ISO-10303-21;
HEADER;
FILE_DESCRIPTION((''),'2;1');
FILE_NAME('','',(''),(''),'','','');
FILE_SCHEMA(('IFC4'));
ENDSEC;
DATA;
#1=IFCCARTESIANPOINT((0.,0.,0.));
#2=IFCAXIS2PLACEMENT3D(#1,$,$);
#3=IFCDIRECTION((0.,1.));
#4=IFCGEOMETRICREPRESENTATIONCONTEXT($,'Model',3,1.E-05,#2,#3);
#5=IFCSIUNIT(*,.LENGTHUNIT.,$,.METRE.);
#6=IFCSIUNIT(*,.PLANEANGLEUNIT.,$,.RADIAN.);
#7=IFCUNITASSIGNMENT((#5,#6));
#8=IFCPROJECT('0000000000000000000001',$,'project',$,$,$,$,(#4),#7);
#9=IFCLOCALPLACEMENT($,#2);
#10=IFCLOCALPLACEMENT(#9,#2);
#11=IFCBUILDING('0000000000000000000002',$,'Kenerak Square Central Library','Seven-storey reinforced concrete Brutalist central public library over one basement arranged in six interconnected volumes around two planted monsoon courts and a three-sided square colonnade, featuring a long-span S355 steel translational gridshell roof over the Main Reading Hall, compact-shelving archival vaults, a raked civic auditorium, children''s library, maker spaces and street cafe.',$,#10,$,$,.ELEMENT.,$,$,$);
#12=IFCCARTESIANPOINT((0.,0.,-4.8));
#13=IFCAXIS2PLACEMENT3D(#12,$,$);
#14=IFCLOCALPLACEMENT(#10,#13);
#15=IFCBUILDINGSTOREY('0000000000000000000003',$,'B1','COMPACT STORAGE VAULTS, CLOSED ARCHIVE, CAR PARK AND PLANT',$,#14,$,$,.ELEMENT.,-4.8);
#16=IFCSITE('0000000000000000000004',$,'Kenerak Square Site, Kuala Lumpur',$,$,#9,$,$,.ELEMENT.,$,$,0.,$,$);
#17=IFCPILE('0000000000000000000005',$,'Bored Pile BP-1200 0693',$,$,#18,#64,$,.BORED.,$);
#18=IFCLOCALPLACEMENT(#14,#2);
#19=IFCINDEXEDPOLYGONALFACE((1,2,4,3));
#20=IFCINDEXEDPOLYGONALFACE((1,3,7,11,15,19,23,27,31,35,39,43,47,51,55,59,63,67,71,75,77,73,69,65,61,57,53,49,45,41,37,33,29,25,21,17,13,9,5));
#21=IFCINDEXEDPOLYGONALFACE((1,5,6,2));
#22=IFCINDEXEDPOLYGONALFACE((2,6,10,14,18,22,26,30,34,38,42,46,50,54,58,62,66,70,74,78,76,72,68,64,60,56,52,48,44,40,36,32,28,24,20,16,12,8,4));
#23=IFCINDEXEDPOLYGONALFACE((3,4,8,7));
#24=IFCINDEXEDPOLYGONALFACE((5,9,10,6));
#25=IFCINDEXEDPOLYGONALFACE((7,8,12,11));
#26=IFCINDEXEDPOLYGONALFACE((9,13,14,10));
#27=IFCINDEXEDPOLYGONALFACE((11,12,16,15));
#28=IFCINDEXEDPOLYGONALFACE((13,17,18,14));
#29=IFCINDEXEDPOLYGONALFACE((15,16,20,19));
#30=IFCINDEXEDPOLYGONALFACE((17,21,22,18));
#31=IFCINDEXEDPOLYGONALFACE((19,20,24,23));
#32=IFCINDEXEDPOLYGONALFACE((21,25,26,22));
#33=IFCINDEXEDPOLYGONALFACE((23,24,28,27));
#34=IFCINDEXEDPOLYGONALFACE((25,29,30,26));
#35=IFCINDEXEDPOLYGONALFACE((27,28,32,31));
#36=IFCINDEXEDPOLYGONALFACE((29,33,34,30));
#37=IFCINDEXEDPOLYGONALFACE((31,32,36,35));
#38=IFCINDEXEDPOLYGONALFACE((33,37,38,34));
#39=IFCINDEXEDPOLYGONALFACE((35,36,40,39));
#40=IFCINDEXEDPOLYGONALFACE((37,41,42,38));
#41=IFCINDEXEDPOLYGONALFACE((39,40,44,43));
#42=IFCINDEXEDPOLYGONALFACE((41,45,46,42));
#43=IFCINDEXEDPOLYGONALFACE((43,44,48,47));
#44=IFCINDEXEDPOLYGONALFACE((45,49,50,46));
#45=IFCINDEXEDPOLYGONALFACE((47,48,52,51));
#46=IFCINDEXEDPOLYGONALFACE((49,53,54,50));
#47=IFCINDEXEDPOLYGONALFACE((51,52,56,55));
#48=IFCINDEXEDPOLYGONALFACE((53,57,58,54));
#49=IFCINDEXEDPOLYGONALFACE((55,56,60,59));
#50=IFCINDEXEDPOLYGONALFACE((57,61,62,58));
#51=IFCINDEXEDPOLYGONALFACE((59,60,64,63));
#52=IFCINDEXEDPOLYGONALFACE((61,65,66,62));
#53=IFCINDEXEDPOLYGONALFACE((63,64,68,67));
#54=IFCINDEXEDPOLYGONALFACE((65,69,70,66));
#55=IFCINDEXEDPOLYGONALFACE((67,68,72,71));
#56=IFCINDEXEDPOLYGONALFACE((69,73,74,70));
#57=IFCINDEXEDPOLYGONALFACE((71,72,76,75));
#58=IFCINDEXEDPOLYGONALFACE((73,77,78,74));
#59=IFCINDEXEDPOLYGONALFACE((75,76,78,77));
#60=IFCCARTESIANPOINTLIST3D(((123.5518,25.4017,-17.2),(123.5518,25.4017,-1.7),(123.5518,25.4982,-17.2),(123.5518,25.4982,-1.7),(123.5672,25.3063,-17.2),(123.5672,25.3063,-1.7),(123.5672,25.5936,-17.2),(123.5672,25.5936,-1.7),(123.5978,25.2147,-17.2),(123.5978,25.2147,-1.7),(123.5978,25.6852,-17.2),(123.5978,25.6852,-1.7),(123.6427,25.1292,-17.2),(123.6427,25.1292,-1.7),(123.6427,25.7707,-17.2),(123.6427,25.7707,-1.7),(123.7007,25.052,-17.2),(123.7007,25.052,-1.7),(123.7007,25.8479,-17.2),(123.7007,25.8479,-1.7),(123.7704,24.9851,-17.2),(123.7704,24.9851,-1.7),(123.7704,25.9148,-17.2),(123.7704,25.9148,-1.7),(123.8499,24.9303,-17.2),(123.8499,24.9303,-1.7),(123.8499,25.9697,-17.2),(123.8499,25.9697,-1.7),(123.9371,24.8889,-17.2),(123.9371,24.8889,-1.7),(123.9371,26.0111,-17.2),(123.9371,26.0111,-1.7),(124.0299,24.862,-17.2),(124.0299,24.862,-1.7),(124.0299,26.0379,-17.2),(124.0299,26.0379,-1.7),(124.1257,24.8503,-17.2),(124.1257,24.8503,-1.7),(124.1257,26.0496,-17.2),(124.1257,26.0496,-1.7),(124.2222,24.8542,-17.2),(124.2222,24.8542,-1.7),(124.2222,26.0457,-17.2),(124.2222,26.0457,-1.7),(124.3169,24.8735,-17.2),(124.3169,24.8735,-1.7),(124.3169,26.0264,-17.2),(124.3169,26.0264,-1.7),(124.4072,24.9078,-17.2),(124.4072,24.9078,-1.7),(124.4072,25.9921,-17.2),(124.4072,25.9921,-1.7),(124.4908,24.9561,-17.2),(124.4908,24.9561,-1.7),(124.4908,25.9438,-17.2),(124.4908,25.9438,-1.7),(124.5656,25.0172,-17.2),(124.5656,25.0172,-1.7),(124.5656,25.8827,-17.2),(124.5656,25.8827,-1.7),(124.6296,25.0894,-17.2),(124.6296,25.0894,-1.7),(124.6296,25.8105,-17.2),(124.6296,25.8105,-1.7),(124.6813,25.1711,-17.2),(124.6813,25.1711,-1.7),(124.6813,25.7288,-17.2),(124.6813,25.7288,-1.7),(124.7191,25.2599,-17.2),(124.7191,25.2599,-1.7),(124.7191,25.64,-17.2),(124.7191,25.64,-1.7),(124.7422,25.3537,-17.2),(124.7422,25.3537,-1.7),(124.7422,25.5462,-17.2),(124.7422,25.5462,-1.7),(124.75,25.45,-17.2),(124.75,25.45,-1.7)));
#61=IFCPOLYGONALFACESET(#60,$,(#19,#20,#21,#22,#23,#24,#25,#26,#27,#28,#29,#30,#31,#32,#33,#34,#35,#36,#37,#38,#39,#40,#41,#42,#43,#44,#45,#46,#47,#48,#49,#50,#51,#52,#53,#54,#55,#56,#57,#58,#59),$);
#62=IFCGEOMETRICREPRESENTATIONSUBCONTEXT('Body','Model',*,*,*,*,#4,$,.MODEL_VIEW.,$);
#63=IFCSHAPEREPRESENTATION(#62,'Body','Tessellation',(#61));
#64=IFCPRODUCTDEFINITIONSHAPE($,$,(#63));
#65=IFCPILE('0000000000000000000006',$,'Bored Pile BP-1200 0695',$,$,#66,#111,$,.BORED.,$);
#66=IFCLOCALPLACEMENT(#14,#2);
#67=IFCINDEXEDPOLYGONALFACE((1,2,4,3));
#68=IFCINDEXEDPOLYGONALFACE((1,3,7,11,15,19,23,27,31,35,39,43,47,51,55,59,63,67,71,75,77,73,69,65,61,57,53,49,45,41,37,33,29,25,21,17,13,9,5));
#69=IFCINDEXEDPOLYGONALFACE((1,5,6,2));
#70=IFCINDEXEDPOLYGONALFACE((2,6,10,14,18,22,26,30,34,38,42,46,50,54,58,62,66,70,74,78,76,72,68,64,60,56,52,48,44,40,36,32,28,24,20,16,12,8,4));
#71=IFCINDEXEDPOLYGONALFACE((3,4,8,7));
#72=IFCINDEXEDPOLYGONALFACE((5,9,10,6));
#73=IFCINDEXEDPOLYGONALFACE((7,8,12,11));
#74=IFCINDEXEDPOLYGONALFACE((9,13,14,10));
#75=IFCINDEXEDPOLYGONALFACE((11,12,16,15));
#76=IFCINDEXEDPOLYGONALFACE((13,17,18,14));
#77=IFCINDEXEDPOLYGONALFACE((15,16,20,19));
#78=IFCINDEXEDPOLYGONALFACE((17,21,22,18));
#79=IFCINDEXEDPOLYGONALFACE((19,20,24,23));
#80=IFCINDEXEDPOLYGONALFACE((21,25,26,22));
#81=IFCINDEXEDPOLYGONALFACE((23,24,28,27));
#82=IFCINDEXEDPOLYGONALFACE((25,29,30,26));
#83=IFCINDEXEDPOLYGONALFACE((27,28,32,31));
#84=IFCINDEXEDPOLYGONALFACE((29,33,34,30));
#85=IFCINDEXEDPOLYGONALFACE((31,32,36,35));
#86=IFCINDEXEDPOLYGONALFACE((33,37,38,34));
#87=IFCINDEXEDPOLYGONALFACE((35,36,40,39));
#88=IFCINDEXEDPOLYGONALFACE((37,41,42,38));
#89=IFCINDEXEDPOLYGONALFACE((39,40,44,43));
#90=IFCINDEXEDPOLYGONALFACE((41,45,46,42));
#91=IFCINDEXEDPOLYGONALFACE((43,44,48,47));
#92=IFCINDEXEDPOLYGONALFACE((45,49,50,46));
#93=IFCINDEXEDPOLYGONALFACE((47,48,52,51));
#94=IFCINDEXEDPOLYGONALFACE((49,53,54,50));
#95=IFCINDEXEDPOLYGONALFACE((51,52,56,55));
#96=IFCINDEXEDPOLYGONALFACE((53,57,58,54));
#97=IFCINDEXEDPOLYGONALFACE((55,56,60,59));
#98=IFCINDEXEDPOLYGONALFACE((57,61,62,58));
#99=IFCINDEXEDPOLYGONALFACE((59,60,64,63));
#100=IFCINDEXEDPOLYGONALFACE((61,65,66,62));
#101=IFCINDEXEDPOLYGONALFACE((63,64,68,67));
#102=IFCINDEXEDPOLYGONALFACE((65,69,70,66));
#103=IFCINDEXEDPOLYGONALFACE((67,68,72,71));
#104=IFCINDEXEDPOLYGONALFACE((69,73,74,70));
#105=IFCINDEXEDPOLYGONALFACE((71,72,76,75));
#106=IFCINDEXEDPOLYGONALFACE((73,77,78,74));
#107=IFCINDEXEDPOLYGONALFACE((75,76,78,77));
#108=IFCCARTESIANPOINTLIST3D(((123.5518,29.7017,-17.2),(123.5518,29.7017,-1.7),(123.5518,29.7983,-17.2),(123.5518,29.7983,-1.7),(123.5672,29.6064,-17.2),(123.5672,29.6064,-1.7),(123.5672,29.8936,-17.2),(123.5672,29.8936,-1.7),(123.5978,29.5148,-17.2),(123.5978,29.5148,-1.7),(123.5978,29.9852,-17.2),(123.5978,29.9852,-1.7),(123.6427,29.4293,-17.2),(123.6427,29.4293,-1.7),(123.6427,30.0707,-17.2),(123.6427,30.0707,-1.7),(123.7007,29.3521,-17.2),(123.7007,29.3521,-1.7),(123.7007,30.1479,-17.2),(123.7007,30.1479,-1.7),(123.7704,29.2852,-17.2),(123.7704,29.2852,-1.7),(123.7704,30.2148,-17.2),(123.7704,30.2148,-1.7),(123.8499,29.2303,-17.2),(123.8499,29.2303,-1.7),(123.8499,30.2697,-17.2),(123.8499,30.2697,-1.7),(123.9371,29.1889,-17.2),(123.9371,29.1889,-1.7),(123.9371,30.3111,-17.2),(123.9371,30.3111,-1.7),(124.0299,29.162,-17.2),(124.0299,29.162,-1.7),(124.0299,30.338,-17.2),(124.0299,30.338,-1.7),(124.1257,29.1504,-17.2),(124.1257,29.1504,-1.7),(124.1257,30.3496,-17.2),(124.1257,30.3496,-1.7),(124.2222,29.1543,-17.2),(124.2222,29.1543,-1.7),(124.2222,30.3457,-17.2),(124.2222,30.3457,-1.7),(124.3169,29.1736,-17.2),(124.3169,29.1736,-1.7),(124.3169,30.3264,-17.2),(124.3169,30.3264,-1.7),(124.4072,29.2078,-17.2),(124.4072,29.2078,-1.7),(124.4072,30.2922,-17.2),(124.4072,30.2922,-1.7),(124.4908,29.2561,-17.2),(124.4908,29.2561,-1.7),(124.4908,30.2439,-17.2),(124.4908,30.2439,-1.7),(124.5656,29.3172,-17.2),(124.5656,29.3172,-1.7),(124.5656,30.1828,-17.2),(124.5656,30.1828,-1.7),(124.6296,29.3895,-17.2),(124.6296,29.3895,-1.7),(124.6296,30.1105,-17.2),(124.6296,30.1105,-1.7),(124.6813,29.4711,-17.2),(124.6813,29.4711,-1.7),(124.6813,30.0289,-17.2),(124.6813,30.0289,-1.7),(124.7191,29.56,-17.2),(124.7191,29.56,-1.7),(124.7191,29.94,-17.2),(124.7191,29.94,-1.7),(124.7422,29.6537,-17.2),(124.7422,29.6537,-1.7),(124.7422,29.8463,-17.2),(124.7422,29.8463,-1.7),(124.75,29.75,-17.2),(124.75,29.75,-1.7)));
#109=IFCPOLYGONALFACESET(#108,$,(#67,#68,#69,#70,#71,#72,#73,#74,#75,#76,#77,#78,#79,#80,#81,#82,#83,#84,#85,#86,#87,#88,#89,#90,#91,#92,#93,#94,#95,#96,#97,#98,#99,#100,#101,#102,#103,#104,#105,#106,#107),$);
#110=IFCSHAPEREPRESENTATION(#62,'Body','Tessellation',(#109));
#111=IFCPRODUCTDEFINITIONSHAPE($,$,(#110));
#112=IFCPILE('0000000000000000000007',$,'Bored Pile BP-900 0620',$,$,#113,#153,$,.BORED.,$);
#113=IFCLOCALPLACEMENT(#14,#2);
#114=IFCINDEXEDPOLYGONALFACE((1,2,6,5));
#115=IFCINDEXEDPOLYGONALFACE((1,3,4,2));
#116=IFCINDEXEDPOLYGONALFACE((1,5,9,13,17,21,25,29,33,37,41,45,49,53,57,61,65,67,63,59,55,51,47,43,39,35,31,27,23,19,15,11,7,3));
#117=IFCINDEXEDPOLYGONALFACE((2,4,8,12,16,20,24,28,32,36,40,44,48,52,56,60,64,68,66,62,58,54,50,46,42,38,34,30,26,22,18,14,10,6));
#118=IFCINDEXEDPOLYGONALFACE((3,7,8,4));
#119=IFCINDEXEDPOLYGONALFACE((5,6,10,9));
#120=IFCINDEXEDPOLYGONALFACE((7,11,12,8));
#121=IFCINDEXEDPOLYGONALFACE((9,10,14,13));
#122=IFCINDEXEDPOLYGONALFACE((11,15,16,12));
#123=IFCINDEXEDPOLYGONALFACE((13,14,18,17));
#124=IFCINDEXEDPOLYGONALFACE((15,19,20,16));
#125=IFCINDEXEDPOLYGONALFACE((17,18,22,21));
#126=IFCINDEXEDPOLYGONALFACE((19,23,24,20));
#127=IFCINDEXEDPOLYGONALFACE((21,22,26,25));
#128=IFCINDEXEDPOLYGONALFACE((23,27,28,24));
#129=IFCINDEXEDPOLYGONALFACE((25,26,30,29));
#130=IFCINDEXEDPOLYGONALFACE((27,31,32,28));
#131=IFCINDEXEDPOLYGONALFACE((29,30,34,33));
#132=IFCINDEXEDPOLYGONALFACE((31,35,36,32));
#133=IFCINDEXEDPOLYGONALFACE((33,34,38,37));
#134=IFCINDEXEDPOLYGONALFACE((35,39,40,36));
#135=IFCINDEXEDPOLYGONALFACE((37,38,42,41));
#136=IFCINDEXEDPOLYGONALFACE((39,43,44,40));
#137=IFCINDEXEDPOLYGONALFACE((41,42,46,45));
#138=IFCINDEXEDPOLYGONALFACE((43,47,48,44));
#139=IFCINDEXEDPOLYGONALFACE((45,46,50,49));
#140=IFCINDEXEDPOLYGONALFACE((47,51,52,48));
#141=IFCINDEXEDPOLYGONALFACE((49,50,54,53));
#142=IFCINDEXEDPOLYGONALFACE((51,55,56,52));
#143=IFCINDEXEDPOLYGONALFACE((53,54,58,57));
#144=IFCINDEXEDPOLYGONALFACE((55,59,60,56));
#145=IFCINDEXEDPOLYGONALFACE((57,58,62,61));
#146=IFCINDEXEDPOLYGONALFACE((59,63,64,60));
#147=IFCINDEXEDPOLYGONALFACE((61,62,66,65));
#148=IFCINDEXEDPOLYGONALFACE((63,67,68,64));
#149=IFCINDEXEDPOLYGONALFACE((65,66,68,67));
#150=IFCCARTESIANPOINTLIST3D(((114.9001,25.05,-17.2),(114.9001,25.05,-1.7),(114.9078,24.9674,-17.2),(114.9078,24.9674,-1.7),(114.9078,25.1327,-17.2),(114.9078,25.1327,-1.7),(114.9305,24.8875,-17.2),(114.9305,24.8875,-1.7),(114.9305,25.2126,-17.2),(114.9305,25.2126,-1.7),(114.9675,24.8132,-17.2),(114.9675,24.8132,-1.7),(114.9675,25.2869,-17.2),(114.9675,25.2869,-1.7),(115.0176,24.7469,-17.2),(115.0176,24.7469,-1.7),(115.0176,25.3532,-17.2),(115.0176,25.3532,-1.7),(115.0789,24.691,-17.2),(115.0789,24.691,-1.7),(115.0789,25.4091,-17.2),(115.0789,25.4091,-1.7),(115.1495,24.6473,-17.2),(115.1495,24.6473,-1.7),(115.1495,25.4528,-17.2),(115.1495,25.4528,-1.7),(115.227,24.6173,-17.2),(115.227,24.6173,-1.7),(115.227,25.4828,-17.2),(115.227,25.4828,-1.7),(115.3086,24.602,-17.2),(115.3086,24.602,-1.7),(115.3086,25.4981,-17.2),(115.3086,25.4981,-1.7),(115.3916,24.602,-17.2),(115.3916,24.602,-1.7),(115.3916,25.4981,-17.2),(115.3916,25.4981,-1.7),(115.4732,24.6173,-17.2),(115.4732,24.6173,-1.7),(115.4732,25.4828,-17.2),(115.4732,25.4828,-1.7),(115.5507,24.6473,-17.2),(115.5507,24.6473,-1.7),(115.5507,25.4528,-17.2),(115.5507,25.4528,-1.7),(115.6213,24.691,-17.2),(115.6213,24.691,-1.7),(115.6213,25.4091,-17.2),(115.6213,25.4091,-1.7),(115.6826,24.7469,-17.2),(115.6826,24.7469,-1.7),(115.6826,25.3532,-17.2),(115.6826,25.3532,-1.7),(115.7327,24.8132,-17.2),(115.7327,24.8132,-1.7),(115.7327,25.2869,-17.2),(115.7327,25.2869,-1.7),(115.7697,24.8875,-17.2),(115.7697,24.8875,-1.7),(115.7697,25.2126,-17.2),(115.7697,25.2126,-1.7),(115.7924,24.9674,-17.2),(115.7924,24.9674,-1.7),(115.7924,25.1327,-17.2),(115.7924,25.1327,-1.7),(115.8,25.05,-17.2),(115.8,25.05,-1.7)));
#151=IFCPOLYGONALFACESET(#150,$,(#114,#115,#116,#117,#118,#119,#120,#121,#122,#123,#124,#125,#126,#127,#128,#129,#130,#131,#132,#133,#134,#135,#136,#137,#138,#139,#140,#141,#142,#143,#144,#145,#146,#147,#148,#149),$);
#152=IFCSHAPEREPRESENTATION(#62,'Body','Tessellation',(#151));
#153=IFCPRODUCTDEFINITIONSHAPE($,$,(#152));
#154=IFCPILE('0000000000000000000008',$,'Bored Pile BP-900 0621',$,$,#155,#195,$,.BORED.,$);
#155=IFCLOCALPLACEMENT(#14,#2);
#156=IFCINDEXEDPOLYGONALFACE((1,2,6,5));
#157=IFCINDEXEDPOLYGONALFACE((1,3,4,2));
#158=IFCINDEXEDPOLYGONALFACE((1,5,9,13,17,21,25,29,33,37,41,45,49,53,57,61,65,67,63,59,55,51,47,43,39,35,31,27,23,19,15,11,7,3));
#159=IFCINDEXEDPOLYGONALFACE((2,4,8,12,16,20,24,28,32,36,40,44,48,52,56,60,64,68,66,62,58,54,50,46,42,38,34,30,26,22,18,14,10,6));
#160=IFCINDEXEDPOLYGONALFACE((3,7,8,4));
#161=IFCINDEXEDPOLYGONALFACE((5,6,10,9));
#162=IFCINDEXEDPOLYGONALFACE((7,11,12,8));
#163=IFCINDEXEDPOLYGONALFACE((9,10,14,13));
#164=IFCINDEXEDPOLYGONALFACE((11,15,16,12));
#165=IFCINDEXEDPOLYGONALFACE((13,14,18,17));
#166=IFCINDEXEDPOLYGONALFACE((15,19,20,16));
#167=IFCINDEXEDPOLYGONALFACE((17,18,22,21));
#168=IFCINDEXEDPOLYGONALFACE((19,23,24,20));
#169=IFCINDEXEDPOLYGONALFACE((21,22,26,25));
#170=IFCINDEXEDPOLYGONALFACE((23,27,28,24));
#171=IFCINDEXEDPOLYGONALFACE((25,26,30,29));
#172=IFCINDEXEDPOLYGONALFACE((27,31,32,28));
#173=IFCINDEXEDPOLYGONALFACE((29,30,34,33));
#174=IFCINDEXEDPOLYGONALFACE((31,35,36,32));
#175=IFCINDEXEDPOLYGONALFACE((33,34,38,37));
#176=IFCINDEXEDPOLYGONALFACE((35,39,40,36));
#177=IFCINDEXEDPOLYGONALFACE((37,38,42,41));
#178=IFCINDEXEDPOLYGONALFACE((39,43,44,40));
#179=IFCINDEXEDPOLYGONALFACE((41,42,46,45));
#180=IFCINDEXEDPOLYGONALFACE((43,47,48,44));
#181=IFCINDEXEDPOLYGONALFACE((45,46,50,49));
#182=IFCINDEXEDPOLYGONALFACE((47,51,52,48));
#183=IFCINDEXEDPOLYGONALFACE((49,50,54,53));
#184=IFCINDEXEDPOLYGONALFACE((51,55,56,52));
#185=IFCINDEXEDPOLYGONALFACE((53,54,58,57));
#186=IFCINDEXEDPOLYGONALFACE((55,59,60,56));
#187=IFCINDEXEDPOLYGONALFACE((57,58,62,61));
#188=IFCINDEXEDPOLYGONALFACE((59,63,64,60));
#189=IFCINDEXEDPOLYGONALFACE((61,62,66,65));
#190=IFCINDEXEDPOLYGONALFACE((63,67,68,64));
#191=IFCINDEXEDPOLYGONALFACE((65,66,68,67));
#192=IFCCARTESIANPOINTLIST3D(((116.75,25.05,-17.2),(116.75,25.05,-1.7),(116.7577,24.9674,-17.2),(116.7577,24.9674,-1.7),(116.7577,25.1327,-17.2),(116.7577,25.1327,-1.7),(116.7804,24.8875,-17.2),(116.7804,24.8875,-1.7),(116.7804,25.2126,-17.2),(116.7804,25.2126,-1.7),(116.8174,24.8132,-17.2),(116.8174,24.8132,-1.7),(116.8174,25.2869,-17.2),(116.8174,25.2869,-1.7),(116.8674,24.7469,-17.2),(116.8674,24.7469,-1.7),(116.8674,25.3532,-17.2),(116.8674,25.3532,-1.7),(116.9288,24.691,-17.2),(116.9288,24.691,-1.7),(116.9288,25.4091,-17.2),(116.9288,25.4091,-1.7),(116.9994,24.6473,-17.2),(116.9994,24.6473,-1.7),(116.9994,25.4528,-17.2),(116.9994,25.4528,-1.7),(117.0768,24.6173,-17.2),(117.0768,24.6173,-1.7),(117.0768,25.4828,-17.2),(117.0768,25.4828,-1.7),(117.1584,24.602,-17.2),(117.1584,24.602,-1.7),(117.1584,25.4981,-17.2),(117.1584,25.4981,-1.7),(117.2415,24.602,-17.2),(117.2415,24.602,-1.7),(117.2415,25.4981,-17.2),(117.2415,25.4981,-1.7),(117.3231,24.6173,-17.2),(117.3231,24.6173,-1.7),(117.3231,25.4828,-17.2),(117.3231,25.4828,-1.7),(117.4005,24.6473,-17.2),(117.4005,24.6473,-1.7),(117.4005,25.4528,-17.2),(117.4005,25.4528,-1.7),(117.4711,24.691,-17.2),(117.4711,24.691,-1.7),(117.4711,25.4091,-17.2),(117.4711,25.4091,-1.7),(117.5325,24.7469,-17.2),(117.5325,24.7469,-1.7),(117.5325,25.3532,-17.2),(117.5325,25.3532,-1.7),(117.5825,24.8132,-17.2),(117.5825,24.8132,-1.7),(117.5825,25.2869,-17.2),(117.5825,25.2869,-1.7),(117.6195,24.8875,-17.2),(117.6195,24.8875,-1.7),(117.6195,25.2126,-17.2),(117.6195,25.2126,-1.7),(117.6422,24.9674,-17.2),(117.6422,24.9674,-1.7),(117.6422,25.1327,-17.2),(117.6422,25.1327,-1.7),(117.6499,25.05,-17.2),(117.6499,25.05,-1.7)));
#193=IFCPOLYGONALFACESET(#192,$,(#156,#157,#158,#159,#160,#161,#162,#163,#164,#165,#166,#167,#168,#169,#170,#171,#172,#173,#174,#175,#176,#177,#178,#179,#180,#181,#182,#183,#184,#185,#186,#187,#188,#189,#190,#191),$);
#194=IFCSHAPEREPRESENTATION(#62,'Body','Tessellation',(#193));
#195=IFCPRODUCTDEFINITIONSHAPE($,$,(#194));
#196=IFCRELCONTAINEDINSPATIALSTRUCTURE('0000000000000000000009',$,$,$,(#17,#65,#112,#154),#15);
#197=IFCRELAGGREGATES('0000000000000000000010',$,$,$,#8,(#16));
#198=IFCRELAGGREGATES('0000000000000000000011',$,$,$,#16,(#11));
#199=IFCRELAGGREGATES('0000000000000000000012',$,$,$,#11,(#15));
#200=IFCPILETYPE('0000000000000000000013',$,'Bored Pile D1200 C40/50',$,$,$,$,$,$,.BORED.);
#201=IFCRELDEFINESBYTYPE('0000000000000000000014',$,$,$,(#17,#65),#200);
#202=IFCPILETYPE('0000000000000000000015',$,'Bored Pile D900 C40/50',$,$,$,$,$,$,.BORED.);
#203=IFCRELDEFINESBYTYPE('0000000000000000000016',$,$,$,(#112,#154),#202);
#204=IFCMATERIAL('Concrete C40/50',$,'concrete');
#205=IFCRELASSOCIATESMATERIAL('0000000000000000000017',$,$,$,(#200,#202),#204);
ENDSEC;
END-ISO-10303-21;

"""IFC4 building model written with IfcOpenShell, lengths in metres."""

from ifc_helpers import new_model, si_unit, direction, frame, origin, origin_2d, place, context, subcontext, project, spatial, circle, extrude, material, material_profile, profile_set, type_object, element, save


model = new_model("IFC4")

# Units and contexts
model_context = context("Model", 3, precision=1e-05, world=origin(), true_north=direction((0.0, 1.0)))
body_context = subcontext(model_context, "Body", "Model", "MODEL_VIEW")
ifc_project = project(units=[si_unit("LENGTHUNIT", "METRE"), si_unit("PLANEANGLEUNIT", "RADIAN")], contexts=[model_context])

# Site, building, storey
site_placement = place(None, origin())
site = spatial("IfcSite", under=ifc_project, at=site_placement, Name="Kenerak Square Site, Kuala Lumpur", CompositionType="ELEMENT", RefElevation=0.0)
building_placement = place(site_placement, origin())
building = spatial("IfcBuilding", under=site, at=building_placement, Name="Kenerak Square Central Library", Description="Seven-storey reinforced concrete Brutalist central public library over one basement arranged in six interconnected volumes around two planted monsoon courts and a three-sided square colonnade, featuring a long-span S355 steel translational gridshell roof over the Main Reading Hall, compact-shelving archival vaults, a raked civic auditorium, children's library, maker spaces and street cafe.", CompositionType="ELEMENT")
storey_placement = place(building_placement, frame((0.0, 0.0, -4.8)))
storey = spatial("IfcBuildingStorey", under=building, at=storey_placement, Name="B1", Description="COMPACT STORAGE VAULTS, CLOSED ARCHIVE, CAR PARK AND PLANT", CompositionType="ELEMENT", Elevation=-4.8)

# Piles
ifc_material_1 = material(Name="Concrete C40/50", Category="concrete")
ifc_material_profile_1 = material_profile(ifc_material_1, circle(Radius=0.6001, at=origin_2d()), Name="BP D1200")
ifc_profile_set_1 = profile_set([ifc_material_profile_1], Name="Concrete C40/50")
pile_type_1 = type_object("IfcPileType", Name="Bored Pile D1200 C40/50", PredefinedType="BORED", material=ifc_profile_set_1)
for number, where, z_axis, x_axis, name in (
    (1, (124.1499, 25.45, -1.7), (0.0, 0.0, -1.0), (1.0, 0.0, 0.0), "Bored Pile BP-1200 0693"),
    (2, (124.1499, 29.75, -1.7), (0.0, 0.0, -1.0), (1.0, 0.0, 0.0), "Bored Pile BP-1200 0695"),
):
    element("IfcPile", number, at=place(storey_placement, frame(where, z_axis=z_axis, x_axis=x_axis)), inside=storey, type_object=pile_type_1, Name=name, PredefinedType="BORED", context=body_context, shape_type="SweptSolid", body=[
        extrude(circle(Radius=0.6001, at=origin_2d()), origin(), (0.0, 0.0, 1.0), 15.5),
    ])
ifc_material_profile_2 = material_profile(ifc_material_1, circle(Radius=0.45, at=origin_2d()), Name="BP D900")
ifc_profile_set_2 = profile_set([ifc_material_profile_2], Name="Concrete C40/50")
pile_type_2 = type_object("IfcPileType", Name="Bored Pile D900 C40/50", PredefinedType="BORED", material=ifc_profile_set_2)
for number, where, z_axis, x_axis, name in (
    (3, (115.3501, 25.05, -1.7), (0.0, 0.0, -1.0), (1.0, 0.0, 0.0), "Bored Pile BP-900 0620"),
    (4, (117.2, 25.05, -1.7), (0.0, 0.0, -1.0), (1.0, 0.0, 0.0), "Bored Pile BP-900 0621"),
):
    element("IfcPile", number, at=place(storey_placement, frame(where, z_axis=z_axis, x_axis=x_axis)), inside=storey, type_object=pile_type_2, Name=name, PredefinedType="BORED", context=body_context, shape_type="SweptSolid", body=[
        extrude(circle(Radius=0.45, at=origin_2d()), origin(), (0.0, 0.0, 1.0), 15.5),
    ])

save(model, "model.ifc")
